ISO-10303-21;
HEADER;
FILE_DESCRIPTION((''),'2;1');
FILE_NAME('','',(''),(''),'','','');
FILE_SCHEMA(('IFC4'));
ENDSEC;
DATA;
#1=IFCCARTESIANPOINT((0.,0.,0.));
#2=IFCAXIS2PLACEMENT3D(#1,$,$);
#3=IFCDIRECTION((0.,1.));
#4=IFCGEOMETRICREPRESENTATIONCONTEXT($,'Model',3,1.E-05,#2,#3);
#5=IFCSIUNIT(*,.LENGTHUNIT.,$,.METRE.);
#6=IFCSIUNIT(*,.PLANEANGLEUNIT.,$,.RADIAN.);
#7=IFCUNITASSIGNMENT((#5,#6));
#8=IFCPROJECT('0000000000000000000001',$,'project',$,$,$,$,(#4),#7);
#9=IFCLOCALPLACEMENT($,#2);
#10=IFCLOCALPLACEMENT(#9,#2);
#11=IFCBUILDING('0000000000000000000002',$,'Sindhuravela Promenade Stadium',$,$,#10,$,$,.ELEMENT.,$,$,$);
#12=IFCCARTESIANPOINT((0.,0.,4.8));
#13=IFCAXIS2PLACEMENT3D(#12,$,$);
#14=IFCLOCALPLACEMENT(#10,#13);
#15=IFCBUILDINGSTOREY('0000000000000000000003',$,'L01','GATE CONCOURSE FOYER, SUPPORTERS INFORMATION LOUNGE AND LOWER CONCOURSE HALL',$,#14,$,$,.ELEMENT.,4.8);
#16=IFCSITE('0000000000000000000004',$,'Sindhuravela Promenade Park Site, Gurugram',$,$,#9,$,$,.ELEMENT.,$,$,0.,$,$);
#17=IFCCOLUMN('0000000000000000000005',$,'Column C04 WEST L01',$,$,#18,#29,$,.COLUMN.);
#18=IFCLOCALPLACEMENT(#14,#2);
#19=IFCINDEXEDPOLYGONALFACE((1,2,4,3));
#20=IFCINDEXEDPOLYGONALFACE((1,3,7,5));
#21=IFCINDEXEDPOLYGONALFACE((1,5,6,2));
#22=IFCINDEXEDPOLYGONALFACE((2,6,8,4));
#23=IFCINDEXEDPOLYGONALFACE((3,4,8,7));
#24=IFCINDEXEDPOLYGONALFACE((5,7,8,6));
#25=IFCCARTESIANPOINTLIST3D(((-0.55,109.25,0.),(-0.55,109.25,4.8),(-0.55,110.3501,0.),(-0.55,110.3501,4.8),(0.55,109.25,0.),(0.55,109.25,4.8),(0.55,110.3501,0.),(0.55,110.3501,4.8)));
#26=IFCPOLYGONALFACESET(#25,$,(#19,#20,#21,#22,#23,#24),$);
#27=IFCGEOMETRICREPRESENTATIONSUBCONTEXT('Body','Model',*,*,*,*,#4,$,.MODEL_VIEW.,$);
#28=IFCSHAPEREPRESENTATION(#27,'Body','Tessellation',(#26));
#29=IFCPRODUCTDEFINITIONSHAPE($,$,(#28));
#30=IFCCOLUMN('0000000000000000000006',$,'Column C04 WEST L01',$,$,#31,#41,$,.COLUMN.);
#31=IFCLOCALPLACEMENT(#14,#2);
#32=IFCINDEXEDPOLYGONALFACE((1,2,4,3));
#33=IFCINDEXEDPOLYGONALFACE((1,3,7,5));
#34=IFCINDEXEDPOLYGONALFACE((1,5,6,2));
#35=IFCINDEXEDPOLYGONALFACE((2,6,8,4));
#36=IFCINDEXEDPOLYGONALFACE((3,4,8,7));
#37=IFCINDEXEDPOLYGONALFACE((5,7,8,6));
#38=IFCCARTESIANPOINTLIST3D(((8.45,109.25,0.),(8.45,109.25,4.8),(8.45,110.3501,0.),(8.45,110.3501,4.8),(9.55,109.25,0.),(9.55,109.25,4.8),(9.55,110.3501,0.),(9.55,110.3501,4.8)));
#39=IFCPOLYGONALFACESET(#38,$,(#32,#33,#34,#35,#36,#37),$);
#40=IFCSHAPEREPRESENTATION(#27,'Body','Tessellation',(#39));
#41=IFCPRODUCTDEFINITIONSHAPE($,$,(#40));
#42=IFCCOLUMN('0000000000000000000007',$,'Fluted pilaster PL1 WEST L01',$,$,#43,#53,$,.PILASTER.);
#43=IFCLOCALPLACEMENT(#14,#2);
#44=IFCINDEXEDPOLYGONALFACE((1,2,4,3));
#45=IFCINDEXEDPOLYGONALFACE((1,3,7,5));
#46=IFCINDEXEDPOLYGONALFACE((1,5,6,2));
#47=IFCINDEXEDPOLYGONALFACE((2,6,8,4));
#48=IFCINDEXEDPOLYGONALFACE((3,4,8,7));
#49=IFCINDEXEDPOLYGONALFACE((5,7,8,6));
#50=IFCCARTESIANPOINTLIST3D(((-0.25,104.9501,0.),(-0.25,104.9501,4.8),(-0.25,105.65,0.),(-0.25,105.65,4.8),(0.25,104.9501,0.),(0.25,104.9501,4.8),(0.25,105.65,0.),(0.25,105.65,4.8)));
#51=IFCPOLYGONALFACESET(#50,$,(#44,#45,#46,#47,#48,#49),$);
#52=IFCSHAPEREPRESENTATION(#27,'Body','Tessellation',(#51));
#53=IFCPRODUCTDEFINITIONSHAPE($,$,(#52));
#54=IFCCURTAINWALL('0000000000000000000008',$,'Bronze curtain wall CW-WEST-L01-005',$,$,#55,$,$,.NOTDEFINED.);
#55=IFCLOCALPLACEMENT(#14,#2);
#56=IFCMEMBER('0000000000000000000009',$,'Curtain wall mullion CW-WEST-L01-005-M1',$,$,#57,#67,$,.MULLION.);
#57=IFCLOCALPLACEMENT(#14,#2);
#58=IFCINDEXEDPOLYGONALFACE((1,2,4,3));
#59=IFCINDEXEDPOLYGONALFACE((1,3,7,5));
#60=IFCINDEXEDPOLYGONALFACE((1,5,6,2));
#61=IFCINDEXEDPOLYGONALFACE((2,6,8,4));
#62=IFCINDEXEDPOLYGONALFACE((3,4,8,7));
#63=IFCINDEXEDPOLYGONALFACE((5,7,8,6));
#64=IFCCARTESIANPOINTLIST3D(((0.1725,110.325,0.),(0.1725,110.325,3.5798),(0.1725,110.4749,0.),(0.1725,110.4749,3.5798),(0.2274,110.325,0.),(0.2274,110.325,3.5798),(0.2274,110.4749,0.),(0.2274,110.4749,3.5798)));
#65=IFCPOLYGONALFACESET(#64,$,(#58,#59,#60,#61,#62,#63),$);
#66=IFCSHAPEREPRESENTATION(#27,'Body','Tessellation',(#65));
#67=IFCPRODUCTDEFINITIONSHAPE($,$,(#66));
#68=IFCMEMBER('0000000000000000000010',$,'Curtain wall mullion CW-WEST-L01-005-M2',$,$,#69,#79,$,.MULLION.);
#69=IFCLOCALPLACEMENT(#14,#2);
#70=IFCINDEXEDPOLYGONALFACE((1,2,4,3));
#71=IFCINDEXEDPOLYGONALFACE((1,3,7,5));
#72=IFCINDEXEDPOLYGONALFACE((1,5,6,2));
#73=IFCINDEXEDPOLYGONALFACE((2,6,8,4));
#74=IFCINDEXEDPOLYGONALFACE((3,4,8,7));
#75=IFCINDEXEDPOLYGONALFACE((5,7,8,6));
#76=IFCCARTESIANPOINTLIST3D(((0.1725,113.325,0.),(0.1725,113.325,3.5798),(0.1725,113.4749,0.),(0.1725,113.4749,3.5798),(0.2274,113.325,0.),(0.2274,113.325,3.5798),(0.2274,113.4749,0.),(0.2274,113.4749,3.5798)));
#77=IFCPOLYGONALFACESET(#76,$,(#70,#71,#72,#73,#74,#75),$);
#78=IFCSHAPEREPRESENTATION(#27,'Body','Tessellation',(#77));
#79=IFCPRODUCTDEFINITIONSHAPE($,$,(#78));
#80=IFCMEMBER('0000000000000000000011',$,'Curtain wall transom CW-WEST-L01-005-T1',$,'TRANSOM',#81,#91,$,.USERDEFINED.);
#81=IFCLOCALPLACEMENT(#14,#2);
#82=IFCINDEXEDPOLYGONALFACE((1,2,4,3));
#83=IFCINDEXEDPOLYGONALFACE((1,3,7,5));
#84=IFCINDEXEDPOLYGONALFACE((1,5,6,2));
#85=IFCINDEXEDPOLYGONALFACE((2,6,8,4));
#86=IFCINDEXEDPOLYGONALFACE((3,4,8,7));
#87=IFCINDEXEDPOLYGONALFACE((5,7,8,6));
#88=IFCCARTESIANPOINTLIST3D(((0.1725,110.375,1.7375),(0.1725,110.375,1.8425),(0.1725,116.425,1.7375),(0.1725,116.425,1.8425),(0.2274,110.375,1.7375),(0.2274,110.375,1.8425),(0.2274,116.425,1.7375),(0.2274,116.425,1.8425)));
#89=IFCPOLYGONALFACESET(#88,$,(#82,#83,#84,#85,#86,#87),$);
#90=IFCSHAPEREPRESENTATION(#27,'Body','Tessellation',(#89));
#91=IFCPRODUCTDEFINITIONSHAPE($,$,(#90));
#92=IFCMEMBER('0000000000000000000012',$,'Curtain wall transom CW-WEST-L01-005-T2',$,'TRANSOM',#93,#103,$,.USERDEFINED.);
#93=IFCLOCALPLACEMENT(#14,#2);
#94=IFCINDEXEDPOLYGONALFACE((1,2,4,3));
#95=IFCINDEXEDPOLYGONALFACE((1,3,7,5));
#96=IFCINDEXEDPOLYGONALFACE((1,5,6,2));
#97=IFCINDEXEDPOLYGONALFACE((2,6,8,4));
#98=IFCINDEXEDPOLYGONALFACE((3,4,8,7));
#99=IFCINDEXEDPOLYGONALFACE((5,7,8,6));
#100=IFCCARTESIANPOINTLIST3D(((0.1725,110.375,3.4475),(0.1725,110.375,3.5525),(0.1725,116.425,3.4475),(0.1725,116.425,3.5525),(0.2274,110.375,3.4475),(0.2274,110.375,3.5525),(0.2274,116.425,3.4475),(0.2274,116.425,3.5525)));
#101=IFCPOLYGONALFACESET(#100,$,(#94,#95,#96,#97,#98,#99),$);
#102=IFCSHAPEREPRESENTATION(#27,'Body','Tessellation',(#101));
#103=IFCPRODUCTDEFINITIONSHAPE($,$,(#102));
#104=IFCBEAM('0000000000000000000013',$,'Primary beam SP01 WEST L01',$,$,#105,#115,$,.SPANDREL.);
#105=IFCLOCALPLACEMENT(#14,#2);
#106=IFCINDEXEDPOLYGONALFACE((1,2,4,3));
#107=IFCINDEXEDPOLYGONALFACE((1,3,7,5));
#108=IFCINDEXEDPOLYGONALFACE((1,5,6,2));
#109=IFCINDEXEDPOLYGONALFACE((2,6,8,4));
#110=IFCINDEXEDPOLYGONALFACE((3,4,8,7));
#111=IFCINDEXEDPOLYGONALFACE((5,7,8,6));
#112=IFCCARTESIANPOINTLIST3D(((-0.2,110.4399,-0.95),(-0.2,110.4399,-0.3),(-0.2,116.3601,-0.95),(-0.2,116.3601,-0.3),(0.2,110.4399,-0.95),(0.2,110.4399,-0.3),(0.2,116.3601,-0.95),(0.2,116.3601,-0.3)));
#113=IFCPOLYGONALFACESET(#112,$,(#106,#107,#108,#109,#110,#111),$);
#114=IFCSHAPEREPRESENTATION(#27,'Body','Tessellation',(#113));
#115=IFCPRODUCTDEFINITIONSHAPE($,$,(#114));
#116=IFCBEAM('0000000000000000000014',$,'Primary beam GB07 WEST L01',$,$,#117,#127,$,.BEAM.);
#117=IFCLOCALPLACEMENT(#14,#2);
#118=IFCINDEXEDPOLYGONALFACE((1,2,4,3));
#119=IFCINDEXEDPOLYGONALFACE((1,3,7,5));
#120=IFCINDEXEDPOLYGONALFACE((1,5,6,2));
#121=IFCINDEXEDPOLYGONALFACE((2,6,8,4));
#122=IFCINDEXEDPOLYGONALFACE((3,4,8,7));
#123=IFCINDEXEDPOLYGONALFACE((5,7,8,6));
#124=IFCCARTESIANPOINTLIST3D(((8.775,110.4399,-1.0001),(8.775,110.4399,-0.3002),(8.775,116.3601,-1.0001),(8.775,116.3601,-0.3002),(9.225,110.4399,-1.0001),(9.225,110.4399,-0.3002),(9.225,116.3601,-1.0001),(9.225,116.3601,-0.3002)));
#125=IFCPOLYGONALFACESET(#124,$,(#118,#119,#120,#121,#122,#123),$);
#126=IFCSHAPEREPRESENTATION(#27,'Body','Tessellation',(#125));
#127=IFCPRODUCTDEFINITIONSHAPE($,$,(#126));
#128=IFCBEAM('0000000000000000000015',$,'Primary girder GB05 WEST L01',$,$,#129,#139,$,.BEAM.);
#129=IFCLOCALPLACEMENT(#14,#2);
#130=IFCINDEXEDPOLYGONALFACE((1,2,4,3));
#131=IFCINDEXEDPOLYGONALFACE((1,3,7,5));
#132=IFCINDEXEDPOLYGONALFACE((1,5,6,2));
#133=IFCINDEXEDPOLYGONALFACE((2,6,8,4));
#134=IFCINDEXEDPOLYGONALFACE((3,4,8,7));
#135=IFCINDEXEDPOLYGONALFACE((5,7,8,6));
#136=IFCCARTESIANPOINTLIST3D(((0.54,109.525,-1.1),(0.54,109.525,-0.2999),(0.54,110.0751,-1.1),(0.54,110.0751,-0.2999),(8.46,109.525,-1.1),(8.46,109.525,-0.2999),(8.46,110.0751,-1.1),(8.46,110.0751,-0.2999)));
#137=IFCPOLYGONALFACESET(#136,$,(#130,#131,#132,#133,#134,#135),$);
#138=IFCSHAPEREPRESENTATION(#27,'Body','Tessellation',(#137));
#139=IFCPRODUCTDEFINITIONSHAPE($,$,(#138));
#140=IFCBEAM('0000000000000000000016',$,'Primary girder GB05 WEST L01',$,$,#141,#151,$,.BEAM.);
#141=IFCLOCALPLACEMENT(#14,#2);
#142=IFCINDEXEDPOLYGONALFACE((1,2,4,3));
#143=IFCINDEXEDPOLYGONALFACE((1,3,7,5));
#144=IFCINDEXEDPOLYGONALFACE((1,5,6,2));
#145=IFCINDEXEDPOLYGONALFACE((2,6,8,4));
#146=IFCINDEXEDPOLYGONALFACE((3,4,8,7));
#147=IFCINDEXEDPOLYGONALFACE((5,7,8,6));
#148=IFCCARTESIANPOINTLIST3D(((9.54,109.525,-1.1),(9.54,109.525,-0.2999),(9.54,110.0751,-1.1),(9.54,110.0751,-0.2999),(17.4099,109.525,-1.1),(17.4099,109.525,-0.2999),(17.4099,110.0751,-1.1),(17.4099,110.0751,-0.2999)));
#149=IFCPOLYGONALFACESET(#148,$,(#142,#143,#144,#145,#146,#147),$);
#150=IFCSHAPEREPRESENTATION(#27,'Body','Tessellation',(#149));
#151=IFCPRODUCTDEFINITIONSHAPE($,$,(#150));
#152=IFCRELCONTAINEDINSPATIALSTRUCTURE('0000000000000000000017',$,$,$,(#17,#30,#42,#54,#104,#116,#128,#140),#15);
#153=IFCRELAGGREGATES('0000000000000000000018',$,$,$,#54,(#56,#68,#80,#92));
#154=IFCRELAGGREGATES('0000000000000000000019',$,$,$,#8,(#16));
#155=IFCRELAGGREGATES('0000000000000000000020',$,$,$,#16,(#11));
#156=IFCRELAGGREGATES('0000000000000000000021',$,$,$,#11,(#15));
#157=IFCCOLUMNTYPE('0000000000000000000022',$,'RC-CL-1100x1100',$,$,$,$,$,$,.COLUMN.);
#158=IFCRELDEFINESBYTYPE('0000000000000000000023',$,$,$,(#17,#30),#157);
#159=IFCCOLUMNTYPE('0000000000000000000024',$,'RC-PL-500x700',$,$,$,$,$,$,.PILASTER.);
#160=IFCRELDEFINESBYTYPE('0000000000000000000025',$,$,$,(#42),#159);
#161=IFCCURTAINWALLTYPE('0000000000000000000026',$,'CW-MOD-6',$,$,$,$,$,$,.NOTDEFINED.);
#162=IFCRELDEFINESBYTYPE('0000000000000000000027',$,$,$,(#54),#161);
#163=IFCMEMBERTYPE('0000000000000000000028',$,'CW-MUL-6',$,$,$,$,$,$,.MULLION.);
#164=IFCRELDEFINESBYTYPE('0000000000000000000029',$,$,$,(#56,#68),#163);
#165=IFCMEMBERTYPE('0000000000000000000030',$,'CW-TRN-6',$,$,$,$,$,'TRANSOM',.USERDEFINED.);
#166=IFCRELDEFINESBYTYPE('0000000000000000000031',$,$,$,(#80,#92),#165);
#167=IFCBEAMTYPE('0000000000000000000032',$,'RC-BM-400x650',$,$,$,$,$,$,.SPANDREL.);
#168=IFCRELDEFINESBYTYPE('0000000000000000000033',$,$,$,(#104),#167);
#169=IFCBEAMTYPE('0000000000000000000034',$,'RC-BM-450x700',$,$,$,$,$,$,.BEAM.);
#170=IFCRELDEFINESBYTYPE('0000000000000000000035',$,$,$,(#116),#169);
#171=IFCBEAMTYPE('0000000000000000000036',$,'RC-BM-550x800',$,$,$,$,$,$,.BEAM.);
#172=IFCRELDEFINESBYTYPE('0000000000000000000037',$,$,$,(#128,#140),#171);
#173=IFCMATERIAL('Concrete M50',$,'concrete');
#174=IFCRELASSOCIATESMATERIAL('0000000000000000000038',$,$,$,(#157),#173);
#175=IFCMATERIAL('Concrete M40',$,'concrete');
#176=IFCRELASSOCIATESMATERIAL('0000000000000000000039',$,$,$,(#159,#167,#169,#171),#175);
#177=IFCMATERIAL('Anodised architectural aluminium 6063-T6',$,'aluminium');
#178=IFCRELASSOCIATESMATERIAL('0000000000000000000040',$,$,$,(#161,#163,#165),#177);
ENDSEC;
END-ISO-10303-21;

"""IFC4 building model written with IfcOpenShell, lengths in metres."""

from ifc_helpers import new_model, si_unit, direction, frame, origin, origin_2d, place, context, subcontext, project, spatial, rectangle, extrude, material, material_profile, profile_set, type_object, element, aggregate, save


model = new_model("IFC4")

# Units and contexts
model_context = context("Model", 3, precision=1e-05, world=origin(), true_north=direction((0.0, 1.0)))
body_context = subcontext(model_context, "Body", "Model", "MODEL_VIEW")
ifc_project = project(units=[si_unit("LENGTHUNIT", "METRE"), si_unit("PLANEANGLEUNIT", "RADIAN")], contexts=[model_context])

# Site, building, storey
site_placement = place(None, origin())
site = spatial("IfcSite", under=ifc_project, at=site_placement, Name="Sindhuravela Promenade Park Site, Gurugram", CompositionType="ELEMENT", RefElevation=0.0)
building_placement = place(site_placement, origin())
building = spatial("IfcBuilding", under=site, at=building_placement, Name="Sindhuravela Promenade Stadium", CompositionType="ELEMENT")
storey_placement = place(building_placement, frame((0.0, 0.0, 4.8)))
storey = spatial("IfcBuildingStorey", under=building, at=storey_placement, Name="L01", Description="GATE CONCOURSE FOYER, SUPPORTERS INFORMATION LOUNGE AND LOWER CONCOURSE HALL", CompositionType="ELEMENT", Elevation=4.8)

# Columns
ifc_material_1 = material(Name="Concrete M50", Category="concrete")
ifc_material_profile_1 = material_profile(ifc_material_1, rectangle(XDim=1.1001, YDim=1.1001, at=origin_2d()), Name="RC 1100x1100")
ifc_profile_set_1 = profile_set([ifc_material_profile_1], Name="Concrete M50")
column_type_1 = type_object("IfcColumnType", Name="RC-CL-1100x1100", PredefinedType="COLUMN", material=ifc_profile_set_1)
for number, where, z_axis, x_axis, name in (
    (1, (0.0, 109.8, 0.0), (0.0, 0.0, 1.0), (1.0, 0.0, 0.0), "Column C04 WEST L01"),
    (2, (9.0, 109.8, 0.0), (0.0, 0.0, 1.0), (1.0, 0.0, 0.0), "Column C04 WEST L01"),
):
    element("IfcColumn", number, at=place(storey_placement, frame(where, z_axis=z_axis, x_axis=x_axis)), inside=storey, type_object=column_type_1, Name=name, PredefinedType="COLUMN", context=body_context, shape_type="SweptSolid", body=[
        extrude(rectangle(XDim=1.1001, YDim=1.1001, at=origin_2d()), origin(), (0.0, 0.0, 1.0), 4.8),
    ])
ifc_material_2 = material(Name="Concrete M40", Category="concrete")
ifc_material_profile_2 = material_profile(ifc_material_2, rectangle(XDim=0.5, YDim=0.7, at=origin_2d()), Name="PIL 500x700")
ifc_profile_set_2 = profile_set([ifc_material_profile_2], Name="Concrete M40")
column_type_2 = type_object("IfcColumnType", Name="RC-PL-500x700", PredefinedType="PILASTER", material=ifc_profile_set_2)
column_placement = place(storey_placement, frame((0.0, 105.3, 0.0), z_axis=(0.0, 0.0, 1.0), x_axis=(1.0, 0.0, 0.0)))
element("IfcColumn", 3, at=column_placement, inside=storey, type_object=column_type_2, Name="Fluted pilaster PL1 WEST L01", PredefinedType="PILASTER", context=body_context, shape_type="SweptSolid", body=[
    extrude(rectangle(XDim=0.5, YDim=0.7, at=origin_2d()), origin(), (0.0, 0.0, 1.0), 4.8),
])

# Curtain wall, members
ifc_material_3 = material(Name="Anodised architectural aluminium 6063-T6", Category="aluminium")
curtain_wall_type = type_object("IfcCurtainWallType", Name="CW-MOD-6", PredefinedType="NOTDEFINED", material=ifc_material_3)
curtain_wall_placement = place(storey_placement, origin())
curtain_wall = element("IfcCurtainWall", 4, at=curtain_wall_placement, inside=storey, type_object=curtain_wall_type, Name="Bronze curtain wall CW-WEST-L01-005", PredefinedType="NOTDEFINED")
ifc_material_profile_3 = material_profile(ifc_material_3, rectangle(XDim=0.0549, YDim=0.1499, at=origin_2d()), Name="ALU M55x150")
ifc_profile_set_3 = profile_set([ifc_material_profile_3], Name="Anodised architectural aluminium 6063-T6")
member_type_1 = type_object("IfcMemberType", Name="CW-MUL-6", PredefinedType="MULLION", material=ifc_profile_set_3)
member_1_placement = place(storey_placement, frame((0.2, 110.3999, 0.0), z_axis=(0.0, 0.0, 1.0), x_axis=(1.0, 0.0, 0.0)))
member_1 = element("IfcMember", 5, at=member_1_placement, type_object=member_type_1, Name="Curtain wall mullion CW-WEST-L01-005-M1", PredefinedType="MULLION", context=body_context, shape_type="SweptSolid", body=[
    extrude(rectangle(XDim=0.0549, YDim=0.1499, at=origin_2d()), origin(), (0.0, 0.0, 1.0), 3.5798),
])
member_2_placement = place(storey_placement, frame((0.2, 113.3999, 0.0), z_axis=(0.0, 0.0, 1.0), x_axis=(1.0, 0.0, 0.0)))
member_2 = element("IfcMember", 6, at=member_2_placement, type_object=member_type_1, Name="Curtain wall mullion CW-WEST-L01-005-M2", PredefinedType="MULLION", context=body_context, shape_type="SweptSolid", body=[
    extrude(rectangle(XDim=0.0549, YDim=0.1499, at=origin_2d()), origin(), (0.0, 0.0, 1.0), 3.5798),
])
ifc_material_profile_4 = material_profile(ifc_material_3, rectangle(XDim=0.0549, YDim=0.105, at=origin_2d()), Name="ALU T55x105")
ifc_profile_set_4 = profile_set([ifc_material_profile_4], Name="Anodised architectural aluminium 6063-T6")
member_type_2 = type_object("IfcMemberType", Name="CW-TRN-6", ElementType="TRANSOM", PredefinedType="USERDEFINED", material=ifc_profile_set_4)
member_3_placement = place(storey_placement, frame((0.2, 110.375, 1.79), z_axis=(0.0, 1.0, 0.0), x_axis=(-1.0, 0.0, 0.0)))
member_3 = element("IfcMember", 7, at=member_3_placement, type_object=member_type_2, Name="Curtain wall transom CW-WEST-L01-005-T1", ObjectType="TRANSOM", PredefinedType="USERDEFINED", context=body_context, shape_type="SweptSolid", body=[
    extrude(rectangle(XDim=0.0549, YDim=0.105, at=origin_2d()), origin(), (0.0, 0.0, 1.0), 6.05),
])
member_4_placement = place(storey_placement, frame((0.2, 110.375, 3.5), z_axis=(0.0, 1.0, 0.0), x_axis=(-1.0, 0.0, 0.0)))
member_4 = element("IfcMember", 8, at=member_4_placement, type_object=member_type_2, Name="Curtain wall transom CW-WEST-L01-005-T2", ObjectType="TRANSOM", PredefinedType="USERDEFINED", context=body_context, shape_type="SweptSolid", body=[
    extrude(rectangle(XDim=0.0549, YDim=0.105, at=origin_2d()), origin(), (0.0, 0.0, 1.0), 6.05),
])

# Beams
ifc_material_profile_5 = material_profile(ifc_material_2, rectangle(XDim=0.3999, YDim=0.6499, at=origin_2d()), Name="RC 400x650")
ifc_profile_set_5 = profile_set([ifc_material_profile_5], Name="Concrete M40")
beam_type_1 = type_object("IfcBeamType", Name="RC-BM-400x650", PredefinedType="SPANDREL", material=ifc_profile_set_5)
beam_1_placement = place(storey_placement, frame((0.0, 110.4399, -0.625), z_axis=(0.0, 1.0, 0.0), x_axis=(-1.0, 0.0, 0.0)))
element("IfcBeam", 9, at=beam_1_placement, inside=storey, type_object=beam_type_1, Name="Primary beam SP01 WEST L01", PredefinedType="SPANDREL", context=body_context, shape_type="SweptSolid", body=[
    extrude(rectangle(XDim=0.3999, YDim=0.6499, at=origin_2d()), origin(), (0.0, 0.0, 1.0), 5.9202),
])
ifc_material_profile_6 = material_profile(ifc_material_2, rectangle(XDim=0.45, YDim=0.7, at=origin_2d()), Name="RC 450x700")
ifc_profile_set_6 = profile_set([ifc_material_profile_6], Name="Concrete M40")
beam_type_2 = type_object("IfcBeamType", Name="RC-BM-450x700", PredefinedType="BEAM", material=ifc_profile_set_6)
beam_2_placement = place(storey_placement, frame((9.0, 110.4399, -0.6501), z_axis=(0.0, 1.0, 0.0), x_axis=(-1.0, 0.0, 0.0)))
element("IfcBeam", 10, at=beam_2_placement, inside=storey, type_object=beam_type_2, Name="Primary beam GB07 WEST L01", PredefinedType="BEAM", context=body_context, shape_type="SweptSolid", body=[
    extrude(rectangle(XDim=0.45, YDim=0.7, at=origin_2d()), origin(), (0.0, 0.0, 1.0), 5.9202),
])
ifc_material_profile_7 = material_profile(ifc_material_2, rectangle(XDim=0.55, YDim=0.8, at=origin_2d()), Name="RC 550x800")
ifc_profile_set_7 = profile_set([ifc_material_profile_7], Name="Concrete M40")
beam_type_3 = type_object("IfcBeamType", Name="RC-BM-550x800", PredefinedType="BEAM", material=ifc_profile_set_7)
beam_3_placement = place(storey_placement, frame((0.54, 109.8, -0.7), z_axis=(1.0, 0.0, 0.0), x_axis=(0.0, 1.0, 0.0)))
element("IfcBeam", 11, at=beam_3_placement, inside=storey, type_object=beam_type_3, Name="Primary girder GB05 WEST L01", PredefinedType="BEAM", context=body_context, shape_type="SweptSolid", body=[
    extrude(rectangle(XDim=0.55, YDim=0.8, at=origin_2d()), origin(), (0.0, 0.0, 1.0), 7.9199),
])
beam_4_placement = place(storey_placement, frame((9.54, 109.8, -0.7), z_axis=(1.0, 0.0, 0.0), x_axis=(0.0, 1.0, 0.0)))
element("IfcBeam", 12, at=beam_4_placement, inside=storey, type_object=beam_type_3, Name="Primary girder GB05 WEST L01", PredefinedType="BEAM", context=body_context, shape_type="SweptSolid", body=[
    extrude(rectangle(XDim=0.55, YDim=0.8, at=origin_2d()), origin(), (0.0, 0.0, 1.0), 7.8699),
])

aggregate(curtain_wall, [member_1, member_2, member_3, member_4])

save(model, "model.ifc")
